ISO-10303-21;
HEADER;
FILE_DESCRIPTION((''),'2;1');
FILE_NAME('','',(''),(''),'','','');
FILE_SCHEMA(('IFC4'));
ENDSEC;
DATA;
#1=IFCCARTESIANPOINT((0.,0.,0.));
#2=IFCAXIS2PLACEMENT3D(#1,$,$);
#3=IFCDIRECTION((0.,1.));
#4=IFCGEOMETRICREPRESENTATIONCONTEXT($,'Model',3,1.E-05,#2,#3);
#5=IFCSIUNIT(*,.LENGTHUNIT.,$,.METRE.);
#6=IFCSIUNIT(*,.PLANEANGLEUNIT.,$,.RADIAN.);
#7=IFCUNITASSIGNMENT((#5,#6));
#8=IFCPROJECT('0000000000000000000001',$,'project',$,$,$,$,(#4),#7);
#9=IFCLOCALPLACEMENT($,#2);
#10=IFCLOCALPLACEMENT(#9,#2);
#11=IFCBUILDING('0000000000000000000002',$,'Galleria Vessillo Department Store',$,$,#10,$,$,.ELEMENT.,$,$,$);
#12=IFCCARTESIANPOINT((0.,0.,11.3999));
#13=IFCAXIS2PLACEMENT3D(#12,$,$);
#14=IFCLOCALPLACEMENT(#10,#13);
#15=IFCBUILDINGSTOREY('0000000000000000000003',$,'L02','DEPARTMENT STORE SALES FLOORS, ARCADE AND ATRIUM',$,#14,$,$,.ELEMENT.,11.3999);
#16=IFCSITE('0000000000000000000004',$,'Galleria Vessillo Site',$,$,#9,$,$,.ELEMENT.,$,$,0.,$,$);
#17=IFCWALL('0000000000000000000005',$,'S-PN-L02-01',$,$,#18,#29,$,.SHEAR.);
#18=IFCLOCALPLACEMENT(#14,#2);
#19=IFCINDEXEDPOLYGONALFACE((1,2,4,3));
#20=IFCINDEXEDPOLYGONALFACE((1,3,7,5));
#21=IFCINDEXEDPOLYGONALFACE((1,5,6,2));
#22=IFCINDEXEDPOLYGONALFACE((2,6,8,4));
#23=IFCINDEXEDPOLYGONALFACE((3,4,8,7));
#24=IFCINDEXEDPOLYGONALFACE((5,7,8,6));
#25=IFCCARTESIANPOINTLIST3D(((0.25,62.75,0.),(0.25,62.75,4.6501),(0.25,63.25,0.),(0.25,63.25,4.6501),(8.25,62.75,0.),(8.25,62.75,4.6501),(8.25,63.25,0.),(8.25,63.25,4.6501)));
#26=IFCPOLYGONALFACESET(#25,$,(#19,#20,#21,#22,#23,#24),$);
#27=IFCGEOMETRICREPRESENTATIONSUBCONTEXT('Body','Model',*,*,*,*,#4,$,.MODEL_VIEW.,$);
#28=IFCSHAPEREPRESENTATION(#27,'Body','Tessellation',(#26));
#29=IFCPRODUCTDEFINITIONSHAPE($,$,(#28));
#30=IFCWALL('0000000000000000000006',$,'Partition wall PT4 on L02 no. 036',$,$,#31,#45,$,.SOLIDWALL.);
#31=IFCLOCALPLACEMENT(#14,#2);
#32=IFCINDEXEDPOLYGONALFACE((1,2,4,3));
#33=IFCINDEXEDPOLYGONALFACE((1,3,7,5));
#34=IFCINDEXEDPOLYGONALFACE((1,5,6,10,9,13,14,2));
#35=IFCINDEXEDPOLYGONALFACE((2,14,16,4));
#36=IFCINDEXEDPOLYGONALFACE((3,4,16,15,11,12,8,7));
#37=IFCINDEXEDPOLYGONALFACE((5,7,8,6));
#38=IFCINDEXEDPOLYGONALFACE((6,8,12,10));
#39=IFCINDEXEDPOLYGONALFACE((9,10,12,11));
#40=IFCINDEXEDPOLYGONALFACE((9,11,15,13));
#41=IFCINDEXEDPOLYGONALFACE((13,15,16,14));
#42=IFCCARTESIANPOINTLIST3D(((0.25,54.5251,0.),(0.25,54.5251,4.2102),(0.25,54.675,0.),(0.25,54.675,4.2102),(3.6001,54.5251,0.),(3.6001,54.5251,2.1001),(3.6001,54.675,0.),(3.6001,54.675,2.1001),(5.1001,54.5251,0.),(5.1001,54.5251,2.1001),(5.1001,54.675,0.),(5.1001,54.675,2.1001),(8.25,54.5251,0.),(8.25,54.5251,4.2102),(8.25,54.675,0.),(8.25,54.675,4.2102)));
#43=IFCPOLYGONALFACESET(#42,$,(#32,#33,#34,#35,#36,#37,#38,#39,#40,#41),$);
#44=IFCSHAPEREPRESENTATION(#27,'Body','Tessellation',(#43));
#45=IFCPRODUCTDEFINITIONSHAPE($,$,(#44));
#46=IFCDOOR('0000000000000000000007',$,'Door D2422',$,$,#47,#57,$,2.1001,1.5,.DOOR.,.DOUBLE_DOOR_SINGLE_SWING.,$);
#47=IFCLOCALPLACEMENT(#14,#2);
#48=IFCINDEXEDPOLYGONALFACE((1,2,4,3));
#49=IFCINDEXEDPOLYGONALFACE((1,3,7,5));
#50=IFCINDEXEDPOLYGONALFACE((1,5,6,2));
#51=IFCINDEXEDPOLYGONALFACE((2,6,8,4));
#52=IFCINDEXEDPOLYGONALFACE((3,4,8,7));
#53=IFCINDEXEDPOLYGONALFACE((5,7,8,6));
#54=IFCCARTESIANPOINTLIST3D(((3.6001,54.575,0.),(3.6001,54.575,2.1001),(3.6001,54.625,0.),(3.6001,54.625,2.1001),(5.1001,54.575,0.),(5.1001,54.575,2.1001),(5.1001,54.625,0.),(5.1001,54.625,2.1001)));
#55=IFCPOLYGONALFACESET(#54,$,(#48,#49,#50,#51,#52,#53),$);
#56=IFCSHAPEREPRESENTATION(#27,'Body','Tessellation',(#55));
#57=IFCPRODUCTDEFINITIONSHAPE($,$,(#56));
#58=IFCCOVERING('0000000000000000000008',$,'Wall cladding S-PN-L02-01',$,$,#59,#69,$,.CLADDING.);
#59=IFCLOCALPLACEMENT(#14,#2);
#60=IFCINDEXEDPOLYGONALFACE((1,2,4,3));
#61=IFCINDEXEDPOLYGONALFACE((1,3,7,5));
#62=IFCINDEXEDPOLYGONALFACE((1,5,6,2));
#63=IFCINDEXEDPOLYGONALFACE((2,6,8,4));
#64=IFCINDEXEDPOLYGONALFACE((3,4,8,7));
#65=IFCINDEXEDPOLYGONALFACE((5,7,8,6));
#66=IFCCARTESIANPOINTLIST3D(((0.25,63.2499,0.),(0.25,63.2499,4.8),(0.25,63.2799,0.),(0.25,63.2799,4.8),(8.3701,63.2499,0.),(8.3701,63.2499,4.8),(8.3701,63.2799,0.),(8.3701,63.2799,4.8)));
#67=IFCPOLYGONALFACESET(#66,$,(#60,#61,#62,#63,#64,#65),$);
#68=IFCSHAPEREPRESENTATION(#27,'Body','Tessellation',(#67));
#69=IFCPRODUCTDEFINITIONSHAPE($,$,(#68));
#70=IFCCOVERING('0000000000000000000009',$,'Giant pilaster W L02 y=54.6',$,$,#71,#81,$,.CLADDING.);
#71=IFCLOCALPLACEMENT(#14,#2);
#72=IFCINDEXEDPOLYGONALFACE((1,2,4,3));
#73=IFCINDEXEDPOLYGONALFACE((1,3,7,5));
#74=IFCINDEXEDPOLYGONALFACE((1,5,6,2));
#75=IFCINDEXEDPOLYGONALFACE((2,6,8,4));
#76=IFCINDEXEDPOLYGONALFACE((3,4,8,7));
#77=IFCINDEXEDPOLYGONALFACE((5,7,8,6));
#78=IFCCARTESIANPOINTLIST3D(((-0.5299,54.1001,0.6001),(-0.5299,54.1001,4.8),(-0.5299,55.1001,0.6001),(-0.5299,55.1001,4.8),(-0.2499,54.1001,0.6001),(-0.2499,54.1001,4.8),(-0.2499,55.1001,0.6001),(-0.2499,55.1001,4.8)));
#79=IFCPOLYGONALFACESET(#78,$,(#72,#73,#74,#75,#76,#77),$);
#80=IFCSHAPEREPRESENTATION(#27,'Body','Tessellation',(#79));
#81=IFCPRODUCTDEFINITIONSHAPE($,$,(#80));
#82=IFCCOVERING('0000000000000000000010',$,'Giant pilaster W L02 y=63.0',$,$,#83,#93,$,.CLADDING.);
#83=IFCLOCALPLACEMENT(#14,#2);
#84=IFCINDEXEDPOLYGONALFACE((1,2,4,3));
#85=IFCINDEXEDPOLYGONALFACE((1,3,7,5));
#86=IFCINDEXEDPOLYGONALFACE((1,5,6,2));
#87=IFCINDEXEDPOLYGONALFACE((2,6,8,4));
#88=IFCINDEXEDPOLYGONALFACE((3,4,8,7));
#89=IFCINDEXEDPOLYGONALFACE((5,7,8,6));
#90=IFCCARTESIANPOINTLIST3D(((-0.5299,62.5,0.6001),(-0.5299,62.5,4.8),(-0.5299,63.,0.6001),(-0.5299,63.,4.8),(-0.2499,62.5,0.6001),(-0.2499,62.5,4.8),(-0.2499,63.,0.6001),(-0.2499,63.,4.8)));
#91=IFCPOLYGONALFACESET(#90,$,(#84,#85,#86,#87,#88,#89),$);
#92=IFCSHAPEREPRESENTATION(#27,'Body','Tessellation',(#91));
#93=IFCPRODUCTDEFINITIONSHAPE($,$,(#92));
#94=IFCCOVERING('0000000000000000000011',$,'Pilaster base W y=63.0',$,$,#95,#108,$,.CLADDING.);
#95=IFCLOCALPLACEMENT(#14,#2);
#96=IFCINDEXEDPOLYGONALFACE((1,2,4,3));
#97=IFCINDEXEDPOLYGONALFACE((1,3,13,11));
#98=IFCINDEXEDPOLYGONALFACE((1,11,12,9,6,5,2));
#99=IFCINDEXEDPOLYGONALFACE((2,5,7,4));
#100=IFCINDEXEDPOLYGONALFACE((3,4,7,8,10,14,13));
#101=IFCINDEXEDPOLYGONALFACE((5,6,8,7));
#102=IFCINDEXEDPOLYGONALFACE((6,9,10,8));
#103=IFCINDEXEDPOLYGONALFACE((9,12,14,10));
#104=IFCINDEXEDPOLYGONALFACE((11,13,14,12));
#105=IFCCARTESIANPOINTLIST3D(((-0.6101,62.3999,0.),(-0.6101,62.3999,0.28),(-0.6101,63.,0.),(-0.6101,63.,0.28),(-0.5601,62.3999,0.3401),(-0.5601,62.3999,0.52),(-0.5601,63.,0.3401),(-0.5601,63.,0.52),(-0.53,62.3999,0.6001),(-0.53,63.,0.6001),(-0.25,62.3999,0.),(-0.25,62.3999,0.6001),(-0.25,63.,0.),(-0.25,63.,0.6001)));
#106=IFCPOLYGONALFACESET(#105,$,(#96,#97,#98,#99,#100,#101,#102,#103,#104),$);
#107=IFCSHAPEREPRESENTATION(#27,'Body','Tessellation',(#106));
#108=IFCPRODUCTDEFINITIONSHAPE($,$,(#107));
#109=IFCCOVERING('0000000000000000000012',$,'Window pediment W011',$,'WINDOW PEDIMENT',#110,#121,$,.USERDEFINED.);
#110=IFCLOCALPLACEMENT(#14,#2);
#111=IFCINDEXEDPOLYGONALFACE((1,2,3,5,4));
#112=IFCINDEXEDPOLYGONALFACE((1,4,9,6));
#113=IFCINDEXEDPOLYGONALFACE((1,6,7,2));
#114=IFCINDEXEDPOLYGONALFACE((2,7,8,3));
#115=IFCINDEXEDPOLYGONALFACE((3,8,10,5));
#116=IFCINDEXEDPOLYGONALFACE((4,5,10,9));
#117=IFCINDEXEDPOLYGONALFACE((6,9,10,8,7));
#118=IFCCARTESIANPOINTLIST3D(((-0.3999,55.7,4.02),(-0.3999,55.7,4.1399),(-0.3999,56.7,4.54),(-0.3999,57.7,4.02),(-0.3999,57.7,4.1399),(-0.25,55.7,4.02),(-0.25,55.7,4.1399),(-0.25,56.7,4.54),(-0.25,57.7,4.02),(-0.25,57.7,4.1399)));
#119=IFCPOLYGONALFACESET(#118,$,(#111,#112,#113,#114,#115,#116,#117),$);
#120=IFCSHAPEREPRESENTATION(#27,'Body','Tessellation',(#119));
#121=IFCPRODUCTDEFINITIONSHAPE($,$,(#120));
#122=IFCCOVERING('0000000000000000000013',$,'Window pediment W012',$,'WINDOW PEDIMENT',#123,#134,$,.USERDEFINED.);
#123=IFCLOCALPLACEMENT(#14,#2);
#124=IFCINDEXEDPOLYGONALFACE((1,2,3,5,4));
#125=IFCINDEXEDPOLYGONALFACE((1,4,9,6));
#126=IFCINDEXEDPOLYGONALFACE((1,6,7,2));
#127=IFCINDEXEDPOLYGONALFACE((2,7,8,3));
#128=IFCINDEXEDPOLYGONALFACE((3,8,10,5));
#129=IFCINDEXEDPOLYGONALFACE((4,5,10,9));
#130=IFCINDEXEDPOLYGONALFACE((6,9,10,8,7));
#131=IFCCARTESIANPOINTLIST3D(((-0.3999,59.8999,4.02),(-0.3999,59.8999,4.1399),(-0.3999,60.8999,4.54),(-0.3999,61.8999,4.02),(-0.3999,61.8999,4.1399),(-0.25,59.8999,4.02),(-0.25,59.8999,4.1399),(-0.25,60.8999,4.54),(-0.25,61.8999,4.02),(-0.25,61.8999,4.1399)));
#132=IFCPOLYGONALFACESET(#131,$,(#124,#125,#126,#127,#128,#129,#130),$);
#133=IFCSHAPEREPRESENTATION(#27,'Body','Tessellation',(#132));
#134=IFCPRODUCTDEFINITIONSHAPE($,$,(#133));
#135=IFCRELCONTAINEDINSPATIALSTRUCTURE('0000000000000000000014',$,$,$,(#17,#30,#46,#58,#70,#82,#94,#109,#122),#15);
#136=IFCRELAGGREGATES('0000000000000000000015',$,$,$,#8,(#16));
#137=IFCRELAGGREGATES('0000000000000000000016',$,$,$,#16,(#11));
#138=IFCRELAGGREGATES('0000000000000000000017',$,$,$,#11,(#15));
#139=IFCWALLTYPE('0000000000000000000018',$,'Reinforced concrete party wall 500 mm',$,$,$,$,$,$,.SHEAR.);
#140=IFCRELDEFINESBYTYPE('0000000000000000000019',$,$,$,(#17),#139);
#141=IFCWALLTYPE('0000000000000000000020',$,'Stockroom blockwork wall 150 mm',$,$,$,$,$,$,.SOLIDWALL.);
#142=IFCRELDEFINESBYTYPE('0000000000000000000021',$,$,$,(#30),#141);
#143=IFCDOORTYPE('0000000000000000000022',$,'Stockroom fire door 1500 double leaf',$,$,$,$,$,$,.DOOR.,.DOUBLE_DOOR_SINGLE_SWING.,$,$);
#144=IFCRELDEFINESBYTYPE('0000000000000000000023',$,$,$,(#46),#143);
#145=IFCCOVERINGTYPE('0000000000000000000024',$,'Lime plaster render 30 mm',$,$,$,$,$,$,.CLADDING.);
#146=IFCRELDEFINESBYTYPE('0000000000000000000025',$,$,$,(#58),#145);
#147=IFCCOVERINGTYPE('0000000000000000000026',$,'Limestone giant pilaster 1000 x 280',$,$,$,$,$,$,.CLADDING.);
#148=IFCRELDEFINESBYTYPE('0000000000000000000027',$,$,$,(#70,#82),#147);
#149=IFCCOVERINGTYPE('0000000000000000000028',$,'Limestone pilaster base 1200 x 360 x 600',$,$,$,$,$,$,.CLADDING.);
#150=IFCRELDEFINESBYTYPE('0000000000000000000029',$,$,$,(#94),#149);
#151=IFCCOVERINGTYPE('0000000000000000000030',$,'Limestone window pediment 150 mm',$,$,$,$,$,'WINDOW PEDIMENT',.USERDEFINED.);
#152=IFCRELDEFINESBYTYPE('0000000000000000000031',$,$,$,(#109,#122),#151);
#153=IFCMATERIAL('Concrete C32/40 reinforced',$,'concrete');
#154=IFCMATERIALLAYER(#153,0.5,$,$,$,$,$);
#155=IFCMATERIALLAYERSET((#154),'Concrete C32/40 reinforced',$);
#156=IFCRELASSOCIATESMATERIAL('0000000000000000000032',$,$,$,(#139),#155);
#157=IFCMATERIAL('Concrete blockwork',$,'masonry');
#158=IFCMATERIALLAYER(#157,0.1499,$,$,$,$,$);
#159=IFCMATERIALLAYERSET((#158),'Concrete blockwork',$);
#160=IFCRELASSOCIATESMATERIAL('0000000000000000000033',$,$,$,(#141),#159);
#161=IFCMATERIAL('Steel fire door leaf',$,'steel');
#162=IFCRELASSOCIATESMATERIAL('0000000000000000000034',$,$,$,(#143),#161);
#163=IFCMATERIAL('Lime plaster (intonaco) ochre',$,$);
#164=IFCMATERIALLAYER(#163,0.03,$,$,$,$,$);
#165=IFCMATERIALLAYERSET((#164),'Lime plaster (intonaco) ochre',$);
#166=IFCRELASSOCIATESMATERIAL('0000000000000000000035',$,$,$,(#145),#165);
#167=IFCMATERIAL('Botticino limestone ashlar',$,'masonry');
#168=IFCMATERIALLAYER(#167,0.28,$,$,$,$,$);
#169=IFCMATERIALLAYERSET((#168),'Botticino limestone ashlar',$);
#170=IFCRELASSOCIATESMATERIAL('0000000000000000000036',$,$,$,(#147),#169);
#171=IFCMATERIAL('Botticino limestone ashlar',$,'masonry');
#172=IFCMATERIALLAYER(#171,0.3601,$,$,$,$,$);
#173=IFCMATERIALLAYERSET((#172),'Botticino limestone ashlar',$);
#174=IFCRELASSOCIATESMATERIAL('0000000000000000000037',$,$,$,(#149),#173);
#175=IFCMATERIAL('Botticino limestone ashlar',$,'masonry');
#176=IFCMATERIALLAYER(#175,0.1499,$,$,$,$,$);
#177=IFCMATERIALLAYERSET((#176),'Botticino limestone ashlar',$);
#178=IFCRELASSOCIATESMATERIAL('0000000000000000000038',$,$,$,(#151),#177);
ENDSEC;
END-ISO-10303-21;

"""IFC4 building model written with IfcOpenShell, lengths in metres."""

from ifc_helpers import new_model, si_unit, direction, frame, frame_2d, origin, origin_2d, place, context, subcontext, project, spatial, polyline, rectangle, outline, extrude, material, layer, layer_set, type_object, element, fill, save


model = new_model("IFC4")

# Units and contexts
model_context = context("Model", 3, precision=1e-05, world=origin(), true_north=direction((0.0, 1.0)))
body_context = subcontext(model_context, "Body", "Model", "MODEL_VIEW")
ifc_project = project(units=[si_unit("LENGTHUNIT", "METRE"), si_unit("PLANEANGLEUNIT", "RADIAN")], contexts=[model_context])

# Site, building, storey
site_placement = place(None, origin())
site = spatial("IfcSite", under=ifc_project, at=site_placement, Name="Galleria Vessillo Site", CompositionType="ELEMENT", RefElevation=0.0)
building_placement = place(site_placement, origin())
building = spatial("IfcBuilding", under=site, at=building_placement, Name="Galleria Vessillo Department Store", CompositionType="ELEMENT")
storey_placement = place(building_placement, frame((0.0, 0.0, 11.3999)))
storey = spatial("IfcBuildingStorey", under=building, at=storey_placement, Name="L02", Description="DEPARTMENT STORE SALES FLOORS, ARCADE AND ATRIUM", CompositionType="ELEMENT", Elevation=11.3999)

# Wall
ifc_material_1 = material(Name="Concrete C32/40 reinforced", Category="concrete")
ifc_layer_1 = layer(ifc_material_1, 0.5)
ifc_layer_set_1 = layer_set([ifc_layer_1], Name="Concrete C32/40 reinforced")
wall_type_1 = type_object("IfcWallType", Name="Reinforced concrete party wall 500 mm", PredefinedType="SHEAR", material=ifc_layer_set_1)
wall_1_placement = place(storey_placement, frame((0.25, 63.0, 0.0), z_axis=(0.0, 0.0, 1.0), x_axis=(1.0, 0.0, 0.0)))
element("IfcWall", 1, at=wall_1_placement, inside=storey, type_object=wall_type_1, Name="S-PN-L02-01", PredefinedType="SHEAR", context=body_context, shape_type="SweptSolid", body=[
    extrude(rectangle(XDim=8.0, YDim=0.5, at=frame_2d((4.0, 0.0))), origin(), (0.0, 0.0, 1.0), 4.6501),
])

# Wall, opening, door
ifc_material_2 = material(Name="Concrete blockwork", Category="masonry")
ifc_layer_2 = layer(ifc_material_2, 0.1499)
ifc_layer_set_2 = layer_set([ifc_layer_2], Name="Concrete blockwork")
wall_type_2 = type_object("IfcWallType", Name="Stockroom blockwork wall 150 mm", PredefinedType="SOLIDWALL", material=ifc_layer_set_2)
wall_2_placement = place(storey_placement, frame((0.25, 54.6001, 0.0), z_axis=(0.0, 0.0, 1.0), x_axis=(1.0, 0.0, 0.0)))
wall_2 = element("IfcWall", 2, at=wall_2_placement, inside=storey, type_object=wall_type_2, Name="Partition wall PT4 on L02 no. 036", PredefinedType="SOLIDWALL", context=body_context, shape_type="SweptSolid", body=[
    extrude(rectangle(XDim=8.0, YDim=0.1499, at=frame_2d((4.0, 0.0))), origin(), (0.0, 0.0, 1.0), 4.2102),
])
opening_1_placement = place(wall_2_placement, frame((3.3501, 0.0, 0.0)))
opening_1 = element("IfcOpeningElement", 3, at=opening_1_placement, cuts=wall_2, PredefinedType="OPENING", context=body_context, shape_type="SweptSolid", body=[
    extrude(rectangle(XDim=1.5, YDim=2.1001, at=frame_2d((0.75, 1.05))), frame((0.0, 0.085, 0.0), z_axis=(0.0, -1.0, 0.0), x_axis=(1.0, 0.0, 0.0)), (0.0, 0.0, 1.0), 0.1699),
])
ifc_material_3 = material(Name="Steel fire door leaf", Category="steel")
door_type_1 = type_object("IfcDoorType", Name="Stockroom fire door 1500 double leaf", OperationType="DOUBLE_DOOR_SINGLE_SWING", PredefinedType="DOOR", material=ifc_material_3)
door_1_placement = place(opening_1_placement, origin())
door_1 = element("IfcDoor", 4, at=door_1_placement, inside=storey, type_object=door_type_1, Name="Door D2422", OperationType="DOUBLE_DOOR_SINGLE_SWING", OverallHeight=2.1001, OverallWidth=1.5, PredefinedType="DOOR", context=body_context, shape_type="SweptSolid", body=[
    extrude(rectangle(XDim=1.5, YDim=2.1001, at=frame_2d((0.75, 1.05))), frame((0.0, 0.0249, 0.0), z_axis=(0.0, -1.0, 0.0), x_axis=(1.0, 0.0, 0.0)), (0.0, 0.0, 1.0), 0.05),
])
fill(opening_1, door_1)

# Coverings
ifc_material_4 = material(Name="Lime plaster (intonaco) ochre")
ifc_layer_3 = layer(ifc_material_4, 0.03)
ifc_layer_set_3 = layer_set([ifc_layer_3], Name="Lime plaster (intonaco) ochre")
covering_type_1 = type_object("IfcCoveringType", Name="Lime plaster render 30 mm", PredefinedType="CLADDING", material=ifc_layer_set_3)
covering_1_placement = place(storey_placement, frame((4.3101, 63.2649, 0.0), z_axis=(0.0, 0.0, 1.0), x_axis=(1.0, 0.0, 0.0)))
element("IfcCovering", 5, at=covering_1_placement, inside=storey, type_object=covering_type_1, Name="Wall cladding S-PN-L02-01", PredefinedType="CLADDING", context=body_context, shape_type="SweptSolid", body=[
    extrude(rectangle(XDim=8.1201, YDim=0.03, at=origin_2d()), origin(), (0.0, 0.0, 1.0), 4.8),
])
ifc_material_5 = material(Name="Botticino limestone ashlar", Category="masonry")
ifc_layer_4 = layer(ifc_material_5, 0.28)
ifc_layer_set_4 = layer_set([ifc_layer_4], Name="Botticino limestone ashlar")
covering_type_2 = type_object("IfcCoveringType", Name="Limestone giant pilaster 1000 x 280", PredefinedType="CLADDING", material=ifc_layer_set_4)
covering_2_placement = place(storey_placement, frame((-0.3899, 54.6001, 0.6001), z_axis=(0.0, 0.0, 1.0), x_axis=(1.0, 0.0, 0.0)))
element("IfcCovering", 6, at=covering_2_placement, inside=storey, type_object=covering_type_2, Name="Giant pilaster W L02 y=54.6", PredefinedType="CLADDING", context=body_context, shape_type="SweptSolid", body=[
    extrude(rectangle(XDim=0.28, YDim=1.0, at=origin_2d()), origin(), (0.0, 0.0, 1.0), 4.2),
])
covering_3_placement = place(storey_placement, frame((-0.3899, 62.75, 0.6001), z_axis=(0.0, 0.0, 1.0), x_axis=(1.0, 0.0, 0.0)))
element("IfcCovering", 7, at=covering_3_placement, inside=storey, type_object=covering_type_2, Name="Giant pilaster W L02 y=63.0", PredefinedType="CLADDING", context=body_context, shape_type="SweptSolid", body=[
    extrude(rectangle(XDim=0.28, YDim=0.5, at=origin_2d()), origin(), (0.0, 0.0, 1.0), 4.2),
])
ifc_material_6 = material(Name="Botticino limestone ashlar", Category="masonry")
ifc_layer_5 = layer(ifc_material_6, 0.3601)
ifc_layer_set_5 = layer_set([ifc_layer_5], Name="Botticino limestone ashlar")
covering_type_3 = type_object("IfcCoveringType", Name="Limestone pilaster base 1200 x 360 x 600", PredefinedType="CLADDING", material=ifc_layer_set_5)
covering_4_placement = place(storey_placement, frame((0.0, 62.3999, 0.0), z_axis=(0.0, 1.0, 0.0), x_axis=(-1.0, 0.0, 0.0)))
element("IfcCovering", 8, at=covering_4_placement, inside=storey, type_object=covering_type_3, Name="Pilaster base W y=63.0", PredefinedType="CLADDING", context=body_context, shape_type="SweptSolid", body=[
    extrude(outline(polyline([(0.25, 0.0), (0.6101, 0.0), (0.6101, 0.28), (0.5601, 0.3401), (0.5601, 0.52), (0.53, 0.6001), (0.25, 0.6001), (0.25, 0.0)])), origin(), (0.0, 0.0, 1.0), 0.6001),
])
ifc_material_7 = material(Name="Botticino limestone ashlar", Category="masonry")
ifc_layer_6 = layer(ifc_material_7, 0.1499)
ifc_layer_set_6 = layer_set([ifc_layer_6], Name="Botticino limestone ashlar")
covering_type_4 = type_object("IfcCoveringType", Name="Limestone window pediment 150 mm", ElementType="WINDOW PEDIMENT", PredefinedType="USERDEFINED", material=ifc_layer_set_6)
for number, where, z_axis, x_axis, name in (
    (9, (-0.325, 55.7, 4.02), (0.0, 0.0, 1.0), (0.0, 1.0, 0.0), "Window pediment W011"),
    (10, (-0.325, 59.8999, 4.02), (0.0, 0.0, 1.0), (0.0, 1.0, 0.0), "Window pediment W012"),
):
    element("IfcCovering", number, at=place(storey_placement, frame(where, z_axis=z_axis, x_axis=x_axis)), inside=storey, type_object=covering_type_4, Name=name, ObjectType="WINDOW PEDIMENT", PredefinedType="USERDEFINED", context=body_context, shape_type="SweptSolid", body=[
        extrude(outline(polyline([(0.0, 0.0), (2.0, 0.0), (2.0, 0.1199), (1.0, 0.52), (0.0, 0.1199), (0.0, 0.0)])), frame((0.0, 0.075, 0.0), z_axis=(0.0, -1.0, 0.0), x_axis=(1.0, 0.0, 0.0)), (0.0, 0.0, 1.0), 0.1499),
    ])

save(model, "model.ifc")
